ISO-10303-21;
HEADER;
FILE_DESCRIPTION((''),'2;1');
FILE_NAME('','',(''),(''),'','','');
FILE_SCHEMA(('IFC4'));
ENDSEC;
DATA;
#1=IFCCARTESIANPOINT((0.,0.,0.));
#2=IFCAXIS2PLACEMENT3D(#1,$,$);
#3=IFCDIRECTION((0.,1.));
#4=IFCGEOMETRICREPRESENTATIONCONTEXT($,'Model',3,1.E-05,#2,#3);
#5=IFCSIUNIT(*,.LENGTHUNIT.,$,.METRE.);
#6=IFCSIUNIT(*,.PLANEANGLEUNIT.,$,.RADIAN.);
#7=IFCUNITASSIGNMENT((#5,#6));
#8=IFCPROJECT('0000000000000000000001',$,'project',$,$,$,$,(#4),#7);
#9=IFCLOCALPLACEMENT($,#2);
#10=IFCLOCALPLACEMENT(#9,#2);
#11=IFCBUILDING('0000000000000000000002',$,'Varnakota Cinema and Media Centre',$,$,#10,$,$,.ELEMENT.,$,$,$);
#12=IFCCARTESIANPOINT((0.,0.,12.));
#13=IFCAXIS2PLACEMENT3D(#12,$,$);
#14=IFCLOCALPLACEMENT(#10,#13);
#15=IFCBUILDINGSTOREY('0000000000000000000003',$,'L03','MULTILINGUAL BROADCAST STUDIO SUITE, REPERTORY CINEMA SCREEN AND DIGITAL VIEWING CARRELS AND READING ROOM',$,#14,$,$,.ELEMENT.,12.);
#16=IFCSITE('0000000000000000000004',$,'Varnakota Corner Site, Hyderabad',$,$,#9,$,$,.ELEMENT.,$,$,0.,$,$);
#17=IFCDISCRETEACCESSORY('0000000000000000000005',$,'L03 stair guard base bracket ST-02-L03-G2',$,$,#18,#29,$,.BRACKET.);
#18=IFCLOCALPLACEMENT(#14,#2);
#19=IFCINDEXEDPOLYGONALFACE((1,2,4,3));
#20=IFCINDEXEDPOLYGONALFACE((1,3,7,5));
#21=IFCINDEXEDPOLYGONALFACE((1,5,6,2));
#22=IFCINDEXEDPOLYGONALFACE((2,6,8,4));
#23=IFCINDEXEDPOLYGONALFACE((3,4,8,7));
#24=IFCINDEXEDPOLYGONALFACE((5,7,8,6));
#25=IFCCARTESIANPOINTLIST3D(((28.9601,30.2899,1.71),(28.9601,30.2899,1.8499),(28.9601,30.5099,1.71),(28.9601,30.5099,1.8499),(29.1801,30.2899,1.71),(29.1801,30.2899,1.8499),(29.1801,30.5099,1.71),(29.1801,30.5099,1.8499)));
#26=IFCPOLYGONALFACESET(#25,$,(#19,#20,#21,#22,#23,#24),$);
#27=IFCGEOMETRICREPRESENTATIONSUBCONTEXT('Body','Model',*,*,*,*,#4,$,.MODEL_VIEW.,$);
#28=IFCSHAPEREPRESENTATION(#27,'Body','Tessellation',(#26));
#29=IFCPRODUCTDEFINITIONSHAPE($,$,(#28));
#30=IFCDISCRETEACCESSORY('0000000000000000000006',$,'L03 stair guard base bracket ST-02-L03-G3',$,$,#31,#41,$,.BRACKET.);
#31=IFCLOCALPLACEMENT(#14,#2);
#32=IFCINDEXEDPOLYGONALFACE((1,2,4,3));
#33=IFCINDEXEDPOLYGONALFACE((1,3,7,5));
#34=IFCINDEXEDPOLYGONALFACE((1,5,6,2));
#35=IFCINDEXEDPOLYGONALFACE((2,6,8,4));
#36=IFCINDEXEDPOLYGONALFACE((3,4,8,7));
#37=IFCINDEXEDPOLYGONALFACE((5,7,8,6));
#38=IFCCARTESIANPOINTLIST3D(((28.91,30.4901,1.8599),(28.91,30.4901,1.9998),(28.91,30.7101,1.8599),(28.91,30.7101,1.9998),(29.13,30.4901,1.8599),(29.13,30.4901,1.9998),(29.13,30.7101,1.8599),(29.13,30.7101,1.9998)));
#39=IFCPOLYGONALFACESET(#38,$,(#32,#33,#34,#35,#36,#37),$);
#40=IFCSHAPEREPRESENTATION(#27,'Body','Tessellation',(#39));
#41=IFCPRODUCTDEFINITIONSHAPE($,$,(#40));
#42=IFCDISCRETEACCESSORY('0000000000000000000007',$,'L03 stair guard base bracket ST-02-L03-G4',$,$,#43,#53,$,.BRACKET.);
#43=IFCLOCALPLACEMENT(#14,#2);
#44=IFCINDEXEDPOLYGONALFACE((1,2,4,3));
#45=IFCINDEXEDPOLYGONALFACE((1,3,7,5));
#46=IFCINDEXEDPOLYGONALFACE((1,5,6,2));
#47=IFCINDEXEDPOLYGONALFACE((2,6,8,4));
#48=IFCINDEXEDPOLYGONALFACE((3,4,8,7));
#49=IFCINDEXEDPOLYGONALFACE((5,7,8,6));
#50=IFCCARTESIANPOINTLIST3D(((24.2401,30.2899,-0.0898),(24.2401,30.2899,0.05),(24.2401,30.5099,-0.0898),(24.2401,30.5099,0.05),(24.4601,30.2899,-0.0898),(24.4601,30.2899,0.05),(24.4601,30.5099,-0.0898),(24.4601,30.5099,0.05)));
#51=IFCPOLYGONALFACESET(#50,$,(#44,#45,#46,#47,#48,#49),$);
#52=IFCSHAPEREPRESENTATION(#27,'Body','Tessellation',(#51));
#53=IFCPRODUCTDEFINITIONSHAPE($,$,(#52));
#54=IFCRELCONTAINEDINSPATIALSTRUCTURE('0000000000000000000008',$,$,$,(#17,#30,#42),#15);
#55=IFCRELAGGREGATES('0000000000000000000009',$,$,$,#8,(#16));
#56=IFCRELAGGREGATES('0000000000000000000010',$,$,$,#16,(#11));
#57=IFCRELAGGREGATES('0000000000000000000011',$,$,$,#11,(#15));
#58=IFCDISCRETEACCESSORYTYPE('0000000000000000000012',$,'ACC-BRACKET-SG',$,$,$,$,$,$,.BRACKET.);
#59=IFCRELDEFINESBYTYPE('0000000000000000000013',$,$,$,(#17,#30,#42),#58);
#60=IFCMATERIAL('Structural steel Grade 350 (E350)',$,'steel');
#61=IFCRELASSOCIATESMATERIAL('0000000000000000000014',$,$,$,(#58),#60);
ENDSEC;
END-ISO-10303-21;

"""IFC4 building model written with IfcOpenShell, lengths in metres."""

from ifc_helpers import new_model, si_unit, direction, frame, origin, origin_2d, place, context, subcontext, project, spatial, rectangle, extrude, material, type_object, element, save


model = new_model("IFC4")

# Units and contexts
model_context = context("Model", 3, precision=1e-05, world=origin(), true_north=direction((0.0, 1.0)))
body_context = subcontext(model_context, "Body", "Model", "MODEL_VIEW")
ifc_project = project(units=[si_unit("LENGTHUNIT", "METRE"), si_unit("PLANEANGLEUNIT", "RADIAN")], contexts=[model_context])

# Site, building, storey
site_placement = place(None, origin())
site = spatial("IfcSite", under=ifc_project, at=site_placement, Name="Varnakota Corner Site, Hyderabad", CompositionType="ELEMENT", RefElevation=0.0)
building_placement = place(site_placement, origin())
building = spatial("IfcBuilding", under=site, at=building_placement, Name="Varnakota Cinema and Media Centre", CompositionType="ELEMENT")
storey_placement = place(building_placement, frame((0.0, 0.0, 12.0)))
storey = spatial("IfcBuildingStorey", under=building, at=storey_placement, Name="L03", Description="MULTILINGUAL BROADCAST STUDIO SUITE, REPERTORY CINEMA SCREEN AND DIGITAL VIEWING CARRELS AND READING ROOM", CompositionType="ELEMENT", Elevation=12.0)

# Discrete accessories
ifc_material_1 = material(Name="Structural steel Grade 350 (E350)", Category="steel")
discrete_accessory_type = type_object("IfcDiscreteAccessoryType", Name="ACC-BRACKET-SG", PredefinedType="BRACKET", material=ifc_material_1)
for number, where, z_axis, x_axis, name in (
    (1, (29.0701, 30.3999, 1.71), (0.0, 0.0, 1.0), (1.0, 0.0, 0.0), "L03 stair guard base bracket ST-02-L03-G2"),
    (2, (29.02, 30.6001, 1.8599), (0.0, 0.0, 1.0), (1.0, 0.0, 0.0), "L03 stair guard base bracket ST-02-L03-G3"),
    (3, (24.3501, 30.3999, -0.0898), (0.0, 0.0, 1.0), (1.0, 0.0, 0.0), "L03 stair guard base bracket ST-02-L03-G4"),
):
    element("IfcDiscreteAccessory", number, at=place(storey_placement, frame(where, z_axis=z_axis, x_axis=x_axis)), inside=storey, type_object=discrete_accessory_type, Name=name, PredefinedType="BRACKET", context=body_context, shape_type="SweptSolid", body=[
        extrude(rectangle(XDim=0.22, YDim=0.22, at=origin_2d()), origin(), (0.0, 0.0, 1.0), 0.1399),
    ])

save(model, "model.ifc")
